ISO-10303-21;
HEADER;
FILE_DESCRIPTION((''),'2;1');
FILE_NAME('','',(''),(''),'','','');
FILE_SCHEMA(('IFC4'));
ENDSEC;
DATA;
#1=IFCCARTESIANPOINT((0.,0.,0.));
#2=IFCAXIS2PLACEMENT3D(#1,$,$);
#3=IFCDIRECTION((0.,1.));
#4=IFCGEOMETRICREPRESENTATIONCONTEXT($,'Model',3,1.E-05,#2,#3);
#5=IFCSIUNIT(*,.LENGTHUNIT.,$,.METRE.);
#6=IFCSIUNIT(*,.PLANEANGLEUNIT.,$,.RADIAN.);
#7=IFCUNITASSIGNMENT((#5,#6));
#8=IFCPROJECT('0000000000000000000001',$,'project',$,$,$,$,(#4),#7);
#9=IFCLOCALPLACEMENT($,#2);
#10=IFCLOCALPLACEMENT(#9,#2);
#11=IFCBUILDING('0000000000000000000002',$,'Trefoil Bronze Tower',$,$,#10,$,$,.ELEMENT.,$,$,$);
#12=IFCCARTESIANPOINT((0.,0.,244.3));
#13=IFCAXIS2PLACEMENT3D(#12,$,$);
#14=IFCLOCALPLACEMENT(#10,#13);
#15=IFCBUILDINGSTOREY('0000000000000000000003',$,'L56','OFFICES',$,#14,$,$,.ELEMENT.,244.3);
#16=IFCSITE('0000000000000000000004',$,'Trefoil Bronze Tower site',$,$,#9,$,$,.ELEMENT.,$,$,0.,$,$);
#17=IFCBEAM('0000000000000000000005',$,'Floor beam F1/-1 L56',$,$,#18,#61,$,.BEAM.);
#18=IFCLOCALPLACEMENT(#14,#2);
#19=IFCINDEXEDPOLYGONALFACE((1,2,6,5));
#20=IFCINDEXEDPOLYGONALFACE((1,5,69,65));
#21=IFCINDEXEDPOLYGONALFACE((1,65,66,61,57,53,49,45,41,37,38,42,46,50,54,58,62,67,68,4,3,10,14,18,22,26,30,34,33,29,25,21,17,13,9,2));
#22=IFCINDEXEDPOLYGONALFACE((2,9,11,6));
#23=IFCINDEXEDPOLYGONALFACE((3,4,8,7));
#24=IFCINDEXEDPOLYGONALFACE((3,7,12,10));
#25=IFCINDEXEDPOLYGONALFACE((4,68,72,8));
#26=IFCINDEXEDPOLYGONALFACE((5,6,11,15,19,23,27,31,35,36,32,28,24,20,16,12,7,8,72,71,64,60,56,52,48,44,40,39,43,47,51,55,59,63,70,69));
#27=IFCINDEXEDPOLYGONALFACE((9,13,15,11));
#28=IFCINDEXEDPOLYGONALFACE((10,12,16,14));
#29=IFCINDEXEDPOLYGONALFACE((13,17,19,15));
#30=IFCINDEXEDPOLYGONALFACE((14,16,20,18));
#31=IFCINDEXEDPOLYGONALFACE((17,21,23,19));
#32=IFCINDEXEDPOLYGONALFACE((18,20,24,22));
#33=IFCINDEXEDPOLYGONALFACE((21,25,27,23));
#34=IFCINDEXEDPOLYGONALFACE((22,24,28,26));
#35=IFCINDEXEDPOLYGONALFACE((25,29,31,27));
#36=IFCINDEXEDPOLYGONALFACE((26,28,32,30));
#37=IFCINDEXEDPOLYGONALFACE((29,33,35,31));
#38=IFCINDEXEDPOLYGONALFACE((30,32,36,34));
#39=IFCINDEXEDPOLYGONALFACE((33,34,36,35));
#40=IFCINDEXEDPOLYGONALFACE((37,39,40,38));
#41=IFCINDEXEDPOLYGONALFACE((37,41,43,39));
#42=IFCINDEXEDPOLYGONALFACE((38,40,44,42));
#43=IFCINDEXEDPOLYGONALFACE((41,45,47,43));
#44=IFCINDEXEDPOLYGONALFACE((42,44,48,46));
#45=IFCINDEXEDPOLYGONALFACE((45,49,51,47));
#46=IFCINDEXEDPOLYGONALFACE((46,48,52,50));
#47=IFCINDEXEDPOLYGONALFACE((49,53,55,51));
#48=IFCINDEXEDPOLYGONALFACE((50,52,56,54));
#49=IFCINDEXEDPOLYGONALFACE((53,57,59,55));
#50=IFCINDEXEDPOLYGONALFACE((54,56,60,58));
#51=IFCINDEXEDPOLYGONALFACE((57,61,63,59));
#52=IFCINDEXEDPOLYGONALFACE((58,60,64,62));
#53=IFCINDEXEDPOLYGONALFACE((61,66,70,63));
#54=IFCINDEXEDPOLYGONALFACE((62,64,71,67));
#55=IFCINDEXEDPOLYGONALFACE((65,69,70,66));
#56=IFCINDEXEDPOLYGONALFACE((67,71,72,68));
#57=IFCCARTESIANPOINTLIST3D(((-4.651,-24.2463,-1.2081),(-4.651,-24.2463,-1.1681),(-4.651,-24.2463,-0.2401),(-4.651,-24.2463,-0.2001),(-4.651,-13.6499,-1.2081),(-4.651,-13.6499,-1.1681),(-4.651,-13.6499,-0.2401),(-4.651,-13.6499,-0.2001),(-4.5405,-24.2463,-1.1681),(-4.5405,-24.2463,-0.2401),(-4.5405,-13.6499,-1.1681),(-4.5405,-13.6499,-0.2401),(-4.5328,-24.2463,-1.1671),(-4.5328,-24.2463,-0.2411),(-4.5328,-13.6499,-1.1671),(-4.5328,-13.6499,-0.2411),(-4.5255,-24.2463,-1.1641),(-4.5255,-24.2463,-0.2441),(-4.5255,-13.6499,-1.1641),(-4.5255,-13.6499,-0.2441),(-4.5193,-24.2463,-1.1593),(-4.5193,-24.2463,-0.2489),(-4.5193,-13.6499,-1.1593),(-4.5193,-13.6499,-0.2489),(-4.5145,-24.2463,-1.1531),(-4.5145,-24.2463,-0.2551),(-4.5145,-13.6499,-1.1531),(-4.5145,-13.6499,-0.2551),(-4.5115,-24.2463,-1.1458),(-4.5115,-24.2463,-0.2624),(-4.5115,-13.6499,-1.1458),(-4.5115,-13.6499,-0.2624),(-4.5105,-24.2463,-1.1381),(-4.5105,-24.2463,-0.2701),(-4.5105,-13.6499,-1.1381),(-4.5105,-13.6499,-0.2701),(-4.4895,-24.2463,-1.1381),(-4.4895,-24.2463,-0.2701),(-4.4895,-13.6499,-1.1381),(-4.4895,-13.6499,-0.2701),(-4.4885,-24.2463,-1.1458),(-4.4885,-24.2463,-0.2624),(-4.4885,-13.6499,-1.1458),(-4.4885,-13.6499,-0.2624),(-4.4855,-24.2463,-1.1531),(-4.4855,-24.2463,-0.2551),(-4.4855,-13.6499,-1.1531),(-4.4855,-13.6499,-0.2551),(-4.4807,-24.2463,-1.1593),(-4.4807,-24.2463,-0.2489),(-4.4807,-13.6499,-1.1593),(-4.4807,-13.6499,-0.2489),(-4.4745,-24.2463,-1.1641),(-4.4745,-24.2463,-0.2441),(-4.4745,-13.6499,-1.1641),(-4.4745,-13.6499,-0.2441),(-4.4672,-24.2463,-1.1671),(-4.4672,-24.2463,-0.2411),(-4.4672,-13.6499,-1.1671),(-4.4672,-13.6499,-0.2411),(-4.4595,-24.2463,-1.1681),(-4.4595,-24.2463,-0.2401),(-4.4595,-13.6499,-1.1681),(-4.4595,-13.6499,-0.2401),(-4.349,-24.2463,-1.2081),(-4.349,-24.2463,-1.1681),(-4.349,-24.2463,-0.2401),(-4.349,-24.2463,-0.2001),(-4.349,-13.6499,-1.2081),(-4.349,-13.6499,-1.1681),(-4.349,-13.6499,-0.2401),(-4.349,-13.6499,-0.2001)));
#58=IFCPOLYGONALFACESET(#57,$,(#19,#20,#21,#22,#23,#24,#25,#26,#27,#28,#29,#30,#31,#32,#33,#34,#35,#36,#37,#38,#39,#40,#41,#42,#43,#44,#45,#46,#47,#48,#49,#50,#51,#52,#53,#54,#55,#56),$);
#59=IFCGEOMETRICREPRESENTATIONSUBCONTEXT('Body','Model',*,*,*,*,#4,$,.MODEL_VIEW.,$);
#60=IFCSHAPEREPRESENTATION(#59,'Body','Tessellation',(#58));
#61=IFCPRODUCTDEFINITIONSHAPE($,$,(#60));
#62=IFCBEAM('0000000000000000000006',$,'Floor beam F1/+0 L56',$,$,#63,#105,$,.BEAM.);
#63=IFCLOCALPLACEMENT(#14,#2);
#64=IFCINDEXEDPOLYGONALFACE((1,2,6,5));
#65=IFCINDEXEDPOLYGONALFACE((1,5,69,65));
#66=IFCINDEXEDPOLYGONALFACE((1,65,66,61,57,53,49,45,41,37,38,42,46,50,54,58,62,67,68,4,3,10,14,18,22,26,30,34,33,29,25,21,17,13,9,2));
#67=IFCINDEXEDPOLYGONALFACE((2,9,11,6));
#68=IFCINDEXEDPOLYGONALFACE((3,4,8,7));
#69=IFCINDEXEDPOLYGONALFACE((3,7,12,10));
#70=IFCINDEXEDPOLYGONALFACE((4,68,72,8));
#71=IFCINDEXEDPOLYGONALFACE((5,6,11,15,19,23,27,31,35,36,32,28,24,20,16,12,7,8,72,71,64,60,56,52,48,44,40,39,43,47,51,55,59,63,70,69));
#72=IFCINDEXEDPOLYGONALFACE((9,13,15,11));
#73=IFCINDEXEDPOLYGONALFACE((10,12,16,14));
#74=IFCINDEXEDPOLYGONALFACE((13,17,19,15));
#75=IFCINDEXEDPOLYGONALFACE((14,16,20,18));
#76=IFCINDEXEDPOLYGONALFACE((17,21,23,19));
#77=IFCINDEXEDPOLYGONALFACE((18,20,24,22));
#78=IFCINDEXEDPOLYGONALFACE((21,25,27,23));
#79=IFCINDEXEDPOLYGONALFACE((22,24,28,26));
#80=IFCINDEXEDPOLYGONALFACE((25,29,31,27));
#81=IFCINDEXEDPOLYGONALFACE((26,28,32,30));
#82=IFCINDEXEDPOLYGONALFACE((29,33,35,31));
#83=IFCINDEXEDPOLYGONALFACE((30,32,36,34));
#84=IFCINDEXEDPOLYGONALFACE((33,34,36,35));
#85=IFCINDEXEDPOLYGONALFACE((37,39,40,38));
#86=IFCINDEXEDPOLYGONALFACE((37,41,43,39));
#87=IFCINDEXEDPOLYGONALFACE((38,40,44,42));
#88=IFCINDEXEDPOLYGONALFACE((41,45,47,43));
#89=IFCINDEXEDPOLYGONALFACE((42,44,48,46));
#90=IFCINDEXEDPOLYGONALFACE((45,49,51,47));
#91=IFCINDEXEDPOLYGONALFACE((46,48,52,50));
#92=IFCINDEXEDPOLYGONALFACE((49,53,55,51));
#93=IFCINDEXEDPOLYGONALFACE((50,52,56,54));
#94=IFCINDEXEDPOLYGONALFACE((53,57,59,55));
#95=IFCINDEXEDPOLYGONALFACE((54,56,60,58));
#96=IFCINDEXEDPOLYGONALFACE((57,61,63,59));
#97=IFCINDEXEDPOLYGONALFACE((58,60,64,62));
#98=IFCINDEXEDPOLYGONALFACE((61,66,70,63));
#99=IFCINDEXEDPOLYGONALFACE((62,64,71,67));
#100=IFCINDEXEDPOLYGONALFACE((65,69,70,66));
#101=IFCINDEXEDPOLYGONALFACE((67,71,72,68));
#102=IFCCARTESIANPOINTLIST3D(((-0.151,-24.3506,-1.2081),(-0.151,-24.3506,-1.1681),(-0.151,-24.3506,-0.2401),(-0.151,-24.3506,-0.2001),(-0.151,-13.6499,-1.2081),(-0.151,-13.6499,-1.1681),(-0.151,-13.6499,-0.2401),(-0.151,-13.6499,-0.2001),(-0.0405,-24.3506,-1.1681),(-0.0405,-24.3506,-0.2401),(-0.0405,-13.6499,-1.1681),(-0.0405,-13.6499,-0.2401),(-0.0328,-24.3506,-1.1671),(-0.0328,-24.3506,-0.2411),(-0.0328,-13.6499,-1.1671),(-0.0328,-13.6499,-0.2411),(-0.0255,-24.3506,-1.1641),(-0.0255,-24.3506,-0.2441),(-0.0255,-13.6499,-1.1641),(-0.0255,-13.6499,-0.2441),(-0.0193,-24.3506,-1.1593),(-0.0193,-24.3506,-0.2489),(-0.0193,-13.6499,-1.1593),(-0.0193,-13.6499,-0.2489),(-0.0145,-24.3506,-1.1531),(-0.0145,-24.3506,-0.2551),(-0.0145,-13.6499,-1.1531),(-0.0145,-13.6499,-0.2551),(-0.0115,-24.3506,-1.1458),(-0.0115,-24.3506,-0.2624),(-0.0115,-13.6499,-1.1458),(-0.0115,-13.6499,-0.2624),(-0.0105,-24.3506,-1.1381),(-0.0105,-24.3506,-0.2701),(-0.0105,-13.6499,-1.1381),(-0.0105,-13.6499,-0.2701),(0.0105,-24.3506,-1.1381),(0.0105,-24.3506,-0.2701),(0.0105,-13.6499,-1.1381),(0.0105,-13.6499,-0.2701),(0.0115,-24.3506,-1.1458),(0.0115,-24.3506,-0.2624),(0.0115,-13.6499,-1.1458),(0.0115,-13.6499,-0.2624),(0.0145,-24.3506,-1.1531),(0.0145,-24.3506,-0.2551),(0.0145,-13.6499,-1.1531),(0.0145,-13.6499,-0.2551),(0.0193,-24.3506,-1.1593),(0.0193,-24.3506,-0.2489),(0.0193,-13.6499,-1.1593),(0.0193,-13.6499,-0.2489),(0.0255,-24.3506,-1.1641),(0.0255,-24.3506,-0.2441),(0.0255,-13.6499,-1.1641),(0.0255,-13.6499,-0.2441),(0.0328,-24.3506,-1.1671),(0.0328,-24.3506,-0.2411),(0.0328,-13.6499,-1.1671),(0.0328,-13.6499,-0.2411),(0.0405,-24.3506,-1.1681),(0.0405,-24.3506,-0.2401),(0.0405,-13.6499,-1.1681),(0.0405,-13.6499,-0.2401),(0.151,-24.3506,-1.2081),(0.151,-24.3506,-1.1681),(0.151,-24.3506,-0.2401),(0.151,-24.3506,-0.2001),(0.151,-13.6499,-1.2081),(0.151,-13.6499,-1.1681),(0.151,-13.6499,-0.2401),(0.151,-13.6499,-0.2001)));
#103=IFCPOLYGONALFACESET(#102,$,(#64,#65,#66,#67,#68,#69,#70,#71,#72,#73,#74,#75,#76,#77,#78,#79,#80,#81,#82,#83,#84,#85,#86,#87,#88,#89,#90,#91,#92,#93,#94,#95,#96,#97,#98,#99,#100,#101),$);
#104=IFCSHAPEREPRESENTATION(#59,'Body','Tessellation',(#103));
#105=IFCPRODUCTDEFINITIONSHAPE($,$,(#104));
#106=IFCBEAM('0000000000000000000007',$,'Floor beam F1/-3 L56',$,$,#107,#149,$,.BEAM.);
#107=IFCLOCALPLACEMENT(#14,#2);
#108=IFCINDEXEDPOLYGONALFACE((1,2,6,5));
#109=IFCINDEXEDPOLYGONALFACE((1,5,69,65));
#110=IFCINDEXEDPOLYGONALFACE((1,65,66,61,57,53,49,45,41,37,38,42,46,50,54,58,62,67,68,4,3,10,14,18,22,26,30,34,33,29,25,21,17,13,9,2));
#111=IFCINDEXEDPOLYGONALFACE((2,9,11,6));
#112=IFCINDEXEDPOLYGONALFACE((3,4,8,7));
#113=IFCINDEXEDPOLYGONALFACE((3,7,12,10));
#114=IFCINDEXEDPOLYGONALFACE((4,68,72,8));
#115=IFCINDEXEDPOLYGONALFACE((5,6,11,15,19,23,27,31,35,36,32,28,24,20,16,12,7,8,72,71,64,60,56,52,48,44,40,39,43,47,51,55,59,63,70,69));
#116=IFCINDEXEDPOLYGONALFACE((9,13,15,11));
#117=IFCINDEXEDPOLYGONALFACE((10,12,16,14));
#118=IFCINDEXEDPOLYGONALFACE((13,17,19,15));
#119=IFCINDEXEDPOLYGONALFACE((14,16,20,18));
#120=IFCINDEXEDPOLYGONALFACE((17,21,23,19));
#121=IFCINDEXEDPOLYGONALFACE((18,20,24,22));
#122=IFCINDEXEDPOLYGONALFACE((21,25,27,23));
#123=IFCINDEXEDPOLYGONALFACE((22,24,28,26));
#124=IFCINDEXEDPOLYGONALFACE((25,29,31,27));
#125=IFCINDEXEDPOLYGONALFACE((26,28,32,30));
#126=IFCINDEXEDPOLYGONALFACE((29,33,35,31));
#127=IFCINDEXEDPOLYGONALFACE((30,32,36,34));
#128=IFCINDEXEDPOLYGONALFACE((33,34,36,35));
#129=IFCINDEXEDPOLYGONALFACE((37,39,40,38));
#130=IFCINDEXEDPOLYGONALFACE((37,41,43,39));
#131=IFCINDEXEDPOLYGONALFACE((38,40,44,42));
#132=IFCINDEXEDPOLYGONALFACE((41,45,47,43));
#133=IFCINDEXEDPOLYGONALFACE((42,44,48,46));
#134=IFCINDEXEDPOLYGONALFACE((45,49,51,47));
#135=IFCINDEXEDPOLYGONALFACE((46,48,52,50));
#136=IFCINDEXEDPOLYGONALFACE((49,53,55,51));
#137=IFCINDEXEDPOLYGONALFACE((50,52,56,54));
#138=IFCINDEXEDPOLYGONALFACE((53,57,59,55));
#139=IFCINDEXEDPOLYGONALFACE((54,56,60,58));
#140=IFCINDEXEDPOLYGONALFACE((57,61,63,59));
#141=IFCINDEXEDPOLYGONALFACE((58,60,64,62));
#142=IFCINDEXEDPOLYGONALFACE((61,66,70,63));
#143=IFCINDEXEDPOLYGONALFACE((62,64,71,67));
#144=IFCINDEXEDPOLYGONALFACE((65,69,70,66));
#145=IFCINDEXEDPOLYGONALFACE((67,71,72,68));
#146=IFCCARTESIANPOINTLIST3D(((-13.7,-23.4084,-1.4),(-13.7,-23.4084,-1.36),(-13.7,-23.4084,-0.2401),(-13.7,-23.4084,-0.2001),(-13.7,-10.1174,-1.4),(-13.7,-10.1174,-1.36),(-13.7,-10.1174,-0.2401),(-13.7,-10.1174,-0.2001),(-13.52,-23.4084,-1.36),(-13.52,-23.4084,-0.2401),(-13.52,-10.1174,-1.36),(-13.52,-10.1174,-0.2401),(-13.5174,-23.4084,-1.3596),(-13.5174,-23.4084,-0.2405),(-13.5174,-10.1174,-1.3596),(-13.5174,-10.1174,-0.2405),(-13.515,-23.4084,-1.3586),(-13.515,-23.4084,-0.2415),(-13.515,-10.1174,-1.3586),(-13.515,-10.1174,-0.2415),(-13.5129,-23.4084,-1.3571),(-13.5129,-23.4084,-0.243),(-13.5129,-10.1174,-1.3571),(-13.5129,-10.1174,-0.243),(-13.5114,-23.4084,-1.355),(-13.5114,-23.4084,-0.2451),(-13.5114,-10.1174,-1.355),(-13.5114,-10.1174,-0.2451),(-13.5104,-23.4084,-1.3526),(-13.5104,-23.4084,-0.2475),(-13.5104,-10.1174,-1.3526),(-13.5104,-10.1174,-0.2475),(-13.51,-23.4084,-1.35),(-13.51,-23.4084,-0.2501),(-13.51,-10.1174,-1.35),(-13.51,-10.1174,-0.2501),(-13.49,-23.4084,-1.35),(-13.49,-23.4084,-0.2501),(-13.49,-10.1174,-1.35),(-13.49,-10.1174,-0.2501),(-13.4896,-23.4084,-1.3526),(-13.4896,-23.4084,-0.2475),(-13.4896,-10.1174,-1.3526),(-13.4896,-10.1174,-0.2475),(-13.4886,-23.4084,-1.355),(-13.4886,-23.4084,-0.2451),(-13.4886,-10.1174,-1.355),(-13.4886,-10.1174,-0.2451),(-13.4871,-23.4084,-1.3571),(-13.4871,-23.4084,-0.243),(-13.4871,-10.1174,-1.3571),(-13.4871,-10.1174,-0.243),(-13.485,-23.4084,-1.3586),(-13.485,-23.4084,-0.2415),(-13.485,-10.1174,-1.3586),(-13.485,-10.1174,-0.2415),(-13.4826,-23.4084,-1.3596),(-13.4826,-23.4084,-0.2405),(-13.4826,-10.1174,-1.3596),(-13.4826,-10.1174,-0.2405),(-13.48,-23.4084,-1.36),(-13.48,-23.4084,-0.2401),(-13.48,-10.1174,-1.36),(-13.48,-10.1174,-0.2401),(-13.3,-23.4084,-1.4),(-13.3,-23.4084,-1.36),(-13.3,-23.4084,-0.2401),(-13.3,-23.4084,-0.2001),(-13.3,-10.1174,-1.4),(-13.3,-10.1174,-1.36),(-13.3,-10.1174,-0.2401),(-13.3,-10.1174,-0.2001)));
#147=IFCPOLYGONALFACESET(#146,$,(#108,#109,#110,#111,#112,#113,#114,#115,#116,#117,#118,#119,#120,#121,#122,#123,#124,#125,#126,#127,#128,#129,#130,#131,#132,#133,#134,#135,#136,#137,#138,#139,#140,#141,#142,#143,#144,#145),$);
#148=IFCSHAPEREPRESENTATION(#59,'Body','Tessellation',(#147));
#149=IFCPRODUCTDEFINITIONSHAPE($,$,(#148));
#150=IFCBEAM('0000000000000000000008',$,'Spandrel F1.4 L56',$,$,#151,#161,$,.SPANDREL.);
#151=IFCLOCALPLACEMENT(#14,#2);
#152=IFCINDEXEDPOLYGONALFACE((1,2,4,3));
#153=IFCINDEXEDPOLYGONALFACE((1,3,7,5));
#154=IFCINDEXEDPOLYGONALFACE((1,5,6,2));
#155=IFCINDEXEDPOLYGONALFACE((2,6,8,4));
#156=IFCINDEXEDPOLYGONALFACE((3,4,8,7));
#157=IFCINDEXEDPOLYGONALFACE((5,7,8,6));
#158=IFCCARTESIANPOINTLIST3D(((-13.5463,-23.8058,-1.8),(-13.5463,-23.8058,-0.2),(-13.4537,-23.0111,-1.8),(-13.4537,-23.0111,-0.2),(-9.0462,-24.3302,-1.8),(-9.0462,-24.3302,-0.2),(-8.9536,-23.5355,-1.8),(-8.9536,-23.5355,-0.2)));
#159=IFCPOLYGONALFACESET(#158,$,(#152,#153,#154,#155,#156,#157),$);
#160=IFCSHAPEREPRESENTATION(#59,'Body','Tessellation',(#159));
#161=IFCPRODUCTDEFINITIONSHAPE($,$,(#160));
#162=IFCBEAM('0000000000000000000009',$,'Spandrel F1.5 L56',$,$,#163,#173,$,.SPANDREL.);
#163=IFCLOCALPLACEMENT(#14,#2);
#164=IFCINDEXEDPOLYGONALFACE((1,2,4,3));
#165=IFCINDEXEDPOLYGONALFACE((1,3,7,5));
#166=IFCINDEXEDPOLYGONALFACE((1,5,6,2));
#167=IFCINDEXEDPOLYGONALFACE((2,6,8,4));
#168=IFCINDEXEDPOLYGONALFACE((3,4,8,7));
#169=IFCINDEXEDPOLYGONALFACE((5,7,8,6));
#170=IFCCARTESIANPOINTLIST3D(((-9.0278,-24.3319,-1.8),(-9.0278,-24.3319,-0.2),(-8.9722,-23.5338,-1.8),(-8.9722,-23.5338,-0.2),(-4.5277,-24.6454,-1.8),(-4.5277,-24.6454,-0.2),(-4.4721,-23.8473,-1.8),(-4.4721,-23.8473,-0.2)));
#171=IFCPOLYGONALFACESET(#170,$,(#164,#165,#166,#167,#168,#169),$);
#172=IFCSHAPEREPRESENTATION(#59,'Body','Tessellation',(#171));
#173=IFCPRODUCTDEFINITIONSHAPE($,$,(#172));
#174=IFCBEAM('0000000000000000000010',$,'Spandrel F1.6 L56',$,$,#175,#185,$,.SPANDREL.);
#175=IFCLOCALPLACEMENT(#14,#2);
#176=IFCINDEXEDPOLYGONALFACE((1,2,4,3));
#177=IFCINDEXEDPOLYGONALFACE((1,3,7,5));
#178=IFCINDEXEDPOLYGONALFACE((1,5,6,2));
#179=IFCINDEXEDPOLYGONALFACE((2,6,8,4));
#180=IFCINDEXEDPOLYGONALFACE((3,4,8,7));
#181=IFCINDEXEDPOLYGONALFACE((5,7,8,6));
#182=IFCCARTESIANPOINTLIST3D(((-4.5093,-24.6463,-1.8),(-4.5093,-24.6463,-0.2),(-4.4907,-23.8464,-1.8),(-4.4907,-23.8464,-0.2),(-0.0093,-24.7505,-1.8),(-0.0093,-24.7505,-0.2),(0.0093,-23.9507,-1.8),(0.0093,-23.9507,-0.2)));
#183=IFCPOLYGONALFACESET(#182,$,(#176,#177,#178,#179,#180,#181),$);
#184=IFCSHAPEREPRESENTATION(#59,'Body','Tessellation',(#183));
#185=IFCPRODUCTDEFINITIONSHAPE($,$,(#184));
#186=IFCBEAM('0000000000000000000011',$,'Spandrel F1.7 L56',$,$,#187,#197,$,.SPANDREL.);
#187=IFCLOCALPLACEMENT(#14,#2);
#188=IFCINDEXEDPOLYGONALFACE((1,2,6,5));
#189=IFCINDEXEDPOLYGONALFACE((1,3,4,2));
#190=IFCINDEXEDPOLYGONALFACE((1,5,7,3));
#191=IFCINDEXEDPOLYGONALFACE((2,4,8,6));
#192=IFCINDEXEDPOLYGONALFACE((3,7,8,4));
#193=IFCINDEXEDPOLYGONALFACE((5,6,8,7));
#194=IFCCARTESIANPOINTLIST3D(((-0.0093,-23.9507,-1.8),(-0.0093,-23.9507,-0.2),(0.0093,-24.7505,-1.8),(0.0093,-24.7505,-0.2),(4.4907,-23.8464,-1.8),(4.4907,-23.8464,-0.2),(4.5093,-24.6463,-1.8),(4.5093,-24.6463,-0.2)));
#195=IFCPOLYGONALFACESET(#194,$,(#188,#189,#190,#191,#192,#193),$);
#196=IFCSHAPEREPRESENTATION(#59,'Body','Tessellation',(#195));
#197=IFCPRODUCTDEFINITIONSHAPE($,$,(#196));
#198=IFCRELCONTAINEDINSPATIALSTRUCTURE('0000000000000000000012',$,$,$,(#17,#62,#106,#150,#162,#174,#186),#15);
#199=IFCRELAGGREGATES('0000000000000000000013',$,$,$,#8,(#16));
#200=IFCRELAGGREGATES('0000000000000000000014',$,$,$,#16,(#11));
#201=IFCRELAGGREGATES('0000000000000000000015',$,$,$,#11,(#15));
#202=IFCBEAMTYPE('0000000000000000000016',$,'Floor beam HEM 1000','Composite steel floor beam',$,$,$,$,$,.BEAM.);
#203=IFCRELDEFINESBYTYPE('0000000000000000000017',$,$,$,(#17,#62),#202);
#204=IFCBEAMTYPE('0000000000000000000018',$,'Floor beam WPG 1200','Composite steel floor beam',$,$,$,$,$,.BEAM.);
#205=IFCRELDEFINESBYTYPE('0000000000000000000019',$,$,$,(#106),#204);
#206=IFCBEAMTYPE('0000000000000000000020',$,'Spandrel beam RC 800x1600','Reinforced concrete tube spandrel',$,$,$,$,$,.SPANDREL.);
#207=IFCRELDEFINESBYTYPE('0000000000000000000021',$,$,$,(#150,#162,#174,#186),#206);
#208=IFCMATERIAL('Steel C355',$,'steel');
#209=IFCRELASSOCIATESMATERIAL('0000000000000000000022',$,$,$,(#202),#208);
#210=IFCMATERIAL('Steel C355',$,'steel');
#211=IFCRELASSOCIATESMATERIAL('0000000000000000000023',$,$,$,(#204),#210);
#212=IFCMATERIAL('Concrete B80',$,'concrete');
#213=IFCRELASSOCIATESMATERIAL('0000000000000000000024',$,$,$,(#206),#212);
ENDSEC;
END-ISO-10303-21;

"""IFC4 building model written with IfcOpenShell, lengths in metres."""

from ifc_helpers import new_model, si_unit, direction, frame, origin, origin_2d, place, context, subcontext, project, spatial, rectangle, i_section, extrude, material, material_profile, profile_set, type_object, element, save


model = new_model("IFC4")

# Units and contexts
model_context = context("Model", 3, precision=1e-05, world=origin(), true_north=direction((0.0, 1.0)))
body_context = subcontext(model_context, "Body", "Model", "MODEL_VIEW")
ifc_project = project(units=[si_unit("LENGTHUNIT", "METRE"), si_unit("PLANEANGLEUNIT", "RADIAN")], contexts=[model_context])

# Site, building, storey
site_placement = place(None, origin())
site = spatial("IfcSite", under=ifc_project, at=site_placement, Name="Trefoil Bronze Tower site", CompositionType="ELEMENT", RefElevation=0.0)
building_placement = place(site_placement, origin())
building = spatial("IfcBuilding", under=site, at=building_placement, Name="Trefoil Bronze Tower", CompositionType="ELEMENT")
storey_placement = place(building_placement, frame((0.0, 0.0, 244.3)))
storey = spatial("IfcBuildingStorey", under=building, at=storey_placement, Name="L56", Description="OFFICES", CompositionType="ELEMENT", Elevation=244.3)

# Beams
ifc_material_1 = material(Name="Steel C355", Category="steel")
ifc_material_profile_1 = material_profile(ifc_material_1, i_section(OverallWidth=0.302, OverallDepth=1.0081, WebThickness=0.021, FlangeThickness=0.04, FilletRadius=0.03, at=origin_2d()), Name="HEM 1000")
ifc_profile_set_1 = profile_set([ifc_material_profile_1], Name="Steel C355")
beam_type_1 = type_object("IfcBeamType", Name="Floor beam HEM 1000", Description="Composite steel floor beam", PredefinedType="BEAM", material=ifc_profile_set_1)
beam_1_placement = place(storey_placement, frame((-4.5, -24.2463, -0.7041), z_axis=(0.0, 1.0, 0.0), x_axis=(-1.0, 0.0, 0.0)))
element("IfcBeam", 1, at=beam_1_placement, inside=storey, type_object=beam_type_1, Name="Floor beam F1/-1 L56", PredefinedType="BEAM", context=body_context, shape_type="SweptSolid", body=[
    extrude(i_section(OverallWidth=0.302, OverallDepth=1.0081, WebThickness=0.021, FlangeThickness=0.04, FilletRadius=0.03, at=origin_2d()), origin(), (0.0, 0.0, 1.0), 10.5964),
])
beam_2_placement = place(storey_placement, frame((0.0, -24.3506, -0.7041), z_axis=(0.0, 1.0, 0.0), x_axis=(-1.0, 0.0, 0.0)))
element("IfcBeam", 2, at=beam_2_placement, inside=storey, type_object=beam_type_1, Name="Floor beam F1/+0 L56", PredefinedType="BEAM", context=body_context, shape_type="SweptSolid", body=[
    extrude(i_section(OverallWidth=0.302, OverallDepth=1.0081, WebThickness=0.021, FlangeThickness=0.04, FilletRadius=0.03, at=origin_2d()), origin(), (0.0, 0.0, 1.0), 10.7007),
])
ifc_material_2 = material(Name="Steel C355", Category="steel")
ifc_material_profile_2 = material_profile(ifc_material_2, i_section(OverallWidth=0.3999, OverallDepth=1.2, WebThickness=0.02, FlangeThickness=0.04, FilletRadius=0.01, at=origin_2d()), Name="WPG 1200")
ifc_profile_set_2 = profile_set([ifc_material_profile_2], Name="Steel C355")
beam_type_2 = type_object("IfcBeamType", Name="Floor beam WPG 1200", Description="Composite steel floor beam", PredefinedType="BEAM", material=ifc_profile_set_2)
beam_3_placement = place(storey_placement, frame((-13.5, -23.4084, -0.8), z_axis=(0.0, 1.0, 0.0), x_axis=(-1.0, 0.0, 0.0)))
element("IfcBeam", 3, at=beam_3_placement, inside=storey, type_object=beam_type_2, Name="Floor beam F1/-3 L56", PredefinedType="BEAM", context=body_context, shape_type="SweptSolid", body=[
    extrude(i_section(OverallWidth=0.3999, OverallDepth=1.2, WebThickness=0.02, FlangeThickness=0.04, FilletRadius=0.01, at=origin_2d()), origin(), (0.0, 0.0, 1.0), 13.291),
])
ifc_material_3 = material(Name="Concrete B80", Category="concrete")
ifc_material_profile_3 = material_profile(ifc_material_3, rectangle(XDim=0.8, YDim=1.6001, at=origin_2d()), Name="RC 800x1600")
ifc_profile_set_3 = profile_set([ifc_material_profile_3], Name="Concrete B80")
beam_type_3 = type_object("IfcBeamType", Name="Spandrel beam RC 800x1600", Description="Reinforced concrete tube spandrel", PredefinedType="SPANDREL", material=ifc_profile_set_3)
beam_4_placement = place(storey_placement, frame((-13.5, -23.4084, -1.0), z_axis=(0.993278, -0.115753, 0.0), x_axis=(0.115753, 0.993278, 0.0)))
element("IfcBeam", 4, at=beam_4_placement, inside=storey, type_object=beam_type_3, Name="Spandrel F1.4 L56", PredefinedType="SPANDREL", context=body_context, shape_type="SweptSolid", body=[
    extrude(rectangle(XDim=0.8, YDim=1.6001, at=origin_2d()), origin(), (0.0, 0.0, 1.0), 4.5305),
])
beam_5_placement = place(storey_placement, frame((-9.0, -23.9329, -1.0), z_axis=(0.997582, -0.069493, 0.0), x_axis=(0.069493, 0.997582, 0.0)))
element("IfcBeam", 5, at=beam_5_placement, inside=storey, type_object=beam_type_3, Name="Spandrel F1.5 L56", PredefinedType="SPANDREL", context=body_context, shape_type="SweptSolid", body=[
    extrude(rectangle(XDim=0.8, YDim=1.6001, at=origin_2d()), origin(), (0.0, 0.0, 1.0), 4.511),
])
for number, where, z_axis, x_axis, name in (
    (6, (-4.5, -24.2463, -1.0), (0.999732, -0.02316, 0.0), (0.02316, 0.999732, 0.0), "Spandrel F1.6 L56"),
    (7, (0.0, -24.3506, -1.0), (0.999732, 0.02316, 0.0), (-0.02316, 0.999732, 0.0), "Spandrel F1.7 L56"),
):
    element("IfcBeam", number, at=place(storey_placement, frame(where, z_axis=z_axis, x_axis=x_axis)), inside=storey, type_object=beam_type_3, Name=name, PredefinedType="SPANDREL", context=body_context, shape_type="SweptSolid", body=[
        extrude(rectangle(XDim=0.8, YDim=1.6001, at=origin_2d()), origin(), (0.0, 0.0, 1.0), 4.5012),
    ])

save(model, "model.ifc")
